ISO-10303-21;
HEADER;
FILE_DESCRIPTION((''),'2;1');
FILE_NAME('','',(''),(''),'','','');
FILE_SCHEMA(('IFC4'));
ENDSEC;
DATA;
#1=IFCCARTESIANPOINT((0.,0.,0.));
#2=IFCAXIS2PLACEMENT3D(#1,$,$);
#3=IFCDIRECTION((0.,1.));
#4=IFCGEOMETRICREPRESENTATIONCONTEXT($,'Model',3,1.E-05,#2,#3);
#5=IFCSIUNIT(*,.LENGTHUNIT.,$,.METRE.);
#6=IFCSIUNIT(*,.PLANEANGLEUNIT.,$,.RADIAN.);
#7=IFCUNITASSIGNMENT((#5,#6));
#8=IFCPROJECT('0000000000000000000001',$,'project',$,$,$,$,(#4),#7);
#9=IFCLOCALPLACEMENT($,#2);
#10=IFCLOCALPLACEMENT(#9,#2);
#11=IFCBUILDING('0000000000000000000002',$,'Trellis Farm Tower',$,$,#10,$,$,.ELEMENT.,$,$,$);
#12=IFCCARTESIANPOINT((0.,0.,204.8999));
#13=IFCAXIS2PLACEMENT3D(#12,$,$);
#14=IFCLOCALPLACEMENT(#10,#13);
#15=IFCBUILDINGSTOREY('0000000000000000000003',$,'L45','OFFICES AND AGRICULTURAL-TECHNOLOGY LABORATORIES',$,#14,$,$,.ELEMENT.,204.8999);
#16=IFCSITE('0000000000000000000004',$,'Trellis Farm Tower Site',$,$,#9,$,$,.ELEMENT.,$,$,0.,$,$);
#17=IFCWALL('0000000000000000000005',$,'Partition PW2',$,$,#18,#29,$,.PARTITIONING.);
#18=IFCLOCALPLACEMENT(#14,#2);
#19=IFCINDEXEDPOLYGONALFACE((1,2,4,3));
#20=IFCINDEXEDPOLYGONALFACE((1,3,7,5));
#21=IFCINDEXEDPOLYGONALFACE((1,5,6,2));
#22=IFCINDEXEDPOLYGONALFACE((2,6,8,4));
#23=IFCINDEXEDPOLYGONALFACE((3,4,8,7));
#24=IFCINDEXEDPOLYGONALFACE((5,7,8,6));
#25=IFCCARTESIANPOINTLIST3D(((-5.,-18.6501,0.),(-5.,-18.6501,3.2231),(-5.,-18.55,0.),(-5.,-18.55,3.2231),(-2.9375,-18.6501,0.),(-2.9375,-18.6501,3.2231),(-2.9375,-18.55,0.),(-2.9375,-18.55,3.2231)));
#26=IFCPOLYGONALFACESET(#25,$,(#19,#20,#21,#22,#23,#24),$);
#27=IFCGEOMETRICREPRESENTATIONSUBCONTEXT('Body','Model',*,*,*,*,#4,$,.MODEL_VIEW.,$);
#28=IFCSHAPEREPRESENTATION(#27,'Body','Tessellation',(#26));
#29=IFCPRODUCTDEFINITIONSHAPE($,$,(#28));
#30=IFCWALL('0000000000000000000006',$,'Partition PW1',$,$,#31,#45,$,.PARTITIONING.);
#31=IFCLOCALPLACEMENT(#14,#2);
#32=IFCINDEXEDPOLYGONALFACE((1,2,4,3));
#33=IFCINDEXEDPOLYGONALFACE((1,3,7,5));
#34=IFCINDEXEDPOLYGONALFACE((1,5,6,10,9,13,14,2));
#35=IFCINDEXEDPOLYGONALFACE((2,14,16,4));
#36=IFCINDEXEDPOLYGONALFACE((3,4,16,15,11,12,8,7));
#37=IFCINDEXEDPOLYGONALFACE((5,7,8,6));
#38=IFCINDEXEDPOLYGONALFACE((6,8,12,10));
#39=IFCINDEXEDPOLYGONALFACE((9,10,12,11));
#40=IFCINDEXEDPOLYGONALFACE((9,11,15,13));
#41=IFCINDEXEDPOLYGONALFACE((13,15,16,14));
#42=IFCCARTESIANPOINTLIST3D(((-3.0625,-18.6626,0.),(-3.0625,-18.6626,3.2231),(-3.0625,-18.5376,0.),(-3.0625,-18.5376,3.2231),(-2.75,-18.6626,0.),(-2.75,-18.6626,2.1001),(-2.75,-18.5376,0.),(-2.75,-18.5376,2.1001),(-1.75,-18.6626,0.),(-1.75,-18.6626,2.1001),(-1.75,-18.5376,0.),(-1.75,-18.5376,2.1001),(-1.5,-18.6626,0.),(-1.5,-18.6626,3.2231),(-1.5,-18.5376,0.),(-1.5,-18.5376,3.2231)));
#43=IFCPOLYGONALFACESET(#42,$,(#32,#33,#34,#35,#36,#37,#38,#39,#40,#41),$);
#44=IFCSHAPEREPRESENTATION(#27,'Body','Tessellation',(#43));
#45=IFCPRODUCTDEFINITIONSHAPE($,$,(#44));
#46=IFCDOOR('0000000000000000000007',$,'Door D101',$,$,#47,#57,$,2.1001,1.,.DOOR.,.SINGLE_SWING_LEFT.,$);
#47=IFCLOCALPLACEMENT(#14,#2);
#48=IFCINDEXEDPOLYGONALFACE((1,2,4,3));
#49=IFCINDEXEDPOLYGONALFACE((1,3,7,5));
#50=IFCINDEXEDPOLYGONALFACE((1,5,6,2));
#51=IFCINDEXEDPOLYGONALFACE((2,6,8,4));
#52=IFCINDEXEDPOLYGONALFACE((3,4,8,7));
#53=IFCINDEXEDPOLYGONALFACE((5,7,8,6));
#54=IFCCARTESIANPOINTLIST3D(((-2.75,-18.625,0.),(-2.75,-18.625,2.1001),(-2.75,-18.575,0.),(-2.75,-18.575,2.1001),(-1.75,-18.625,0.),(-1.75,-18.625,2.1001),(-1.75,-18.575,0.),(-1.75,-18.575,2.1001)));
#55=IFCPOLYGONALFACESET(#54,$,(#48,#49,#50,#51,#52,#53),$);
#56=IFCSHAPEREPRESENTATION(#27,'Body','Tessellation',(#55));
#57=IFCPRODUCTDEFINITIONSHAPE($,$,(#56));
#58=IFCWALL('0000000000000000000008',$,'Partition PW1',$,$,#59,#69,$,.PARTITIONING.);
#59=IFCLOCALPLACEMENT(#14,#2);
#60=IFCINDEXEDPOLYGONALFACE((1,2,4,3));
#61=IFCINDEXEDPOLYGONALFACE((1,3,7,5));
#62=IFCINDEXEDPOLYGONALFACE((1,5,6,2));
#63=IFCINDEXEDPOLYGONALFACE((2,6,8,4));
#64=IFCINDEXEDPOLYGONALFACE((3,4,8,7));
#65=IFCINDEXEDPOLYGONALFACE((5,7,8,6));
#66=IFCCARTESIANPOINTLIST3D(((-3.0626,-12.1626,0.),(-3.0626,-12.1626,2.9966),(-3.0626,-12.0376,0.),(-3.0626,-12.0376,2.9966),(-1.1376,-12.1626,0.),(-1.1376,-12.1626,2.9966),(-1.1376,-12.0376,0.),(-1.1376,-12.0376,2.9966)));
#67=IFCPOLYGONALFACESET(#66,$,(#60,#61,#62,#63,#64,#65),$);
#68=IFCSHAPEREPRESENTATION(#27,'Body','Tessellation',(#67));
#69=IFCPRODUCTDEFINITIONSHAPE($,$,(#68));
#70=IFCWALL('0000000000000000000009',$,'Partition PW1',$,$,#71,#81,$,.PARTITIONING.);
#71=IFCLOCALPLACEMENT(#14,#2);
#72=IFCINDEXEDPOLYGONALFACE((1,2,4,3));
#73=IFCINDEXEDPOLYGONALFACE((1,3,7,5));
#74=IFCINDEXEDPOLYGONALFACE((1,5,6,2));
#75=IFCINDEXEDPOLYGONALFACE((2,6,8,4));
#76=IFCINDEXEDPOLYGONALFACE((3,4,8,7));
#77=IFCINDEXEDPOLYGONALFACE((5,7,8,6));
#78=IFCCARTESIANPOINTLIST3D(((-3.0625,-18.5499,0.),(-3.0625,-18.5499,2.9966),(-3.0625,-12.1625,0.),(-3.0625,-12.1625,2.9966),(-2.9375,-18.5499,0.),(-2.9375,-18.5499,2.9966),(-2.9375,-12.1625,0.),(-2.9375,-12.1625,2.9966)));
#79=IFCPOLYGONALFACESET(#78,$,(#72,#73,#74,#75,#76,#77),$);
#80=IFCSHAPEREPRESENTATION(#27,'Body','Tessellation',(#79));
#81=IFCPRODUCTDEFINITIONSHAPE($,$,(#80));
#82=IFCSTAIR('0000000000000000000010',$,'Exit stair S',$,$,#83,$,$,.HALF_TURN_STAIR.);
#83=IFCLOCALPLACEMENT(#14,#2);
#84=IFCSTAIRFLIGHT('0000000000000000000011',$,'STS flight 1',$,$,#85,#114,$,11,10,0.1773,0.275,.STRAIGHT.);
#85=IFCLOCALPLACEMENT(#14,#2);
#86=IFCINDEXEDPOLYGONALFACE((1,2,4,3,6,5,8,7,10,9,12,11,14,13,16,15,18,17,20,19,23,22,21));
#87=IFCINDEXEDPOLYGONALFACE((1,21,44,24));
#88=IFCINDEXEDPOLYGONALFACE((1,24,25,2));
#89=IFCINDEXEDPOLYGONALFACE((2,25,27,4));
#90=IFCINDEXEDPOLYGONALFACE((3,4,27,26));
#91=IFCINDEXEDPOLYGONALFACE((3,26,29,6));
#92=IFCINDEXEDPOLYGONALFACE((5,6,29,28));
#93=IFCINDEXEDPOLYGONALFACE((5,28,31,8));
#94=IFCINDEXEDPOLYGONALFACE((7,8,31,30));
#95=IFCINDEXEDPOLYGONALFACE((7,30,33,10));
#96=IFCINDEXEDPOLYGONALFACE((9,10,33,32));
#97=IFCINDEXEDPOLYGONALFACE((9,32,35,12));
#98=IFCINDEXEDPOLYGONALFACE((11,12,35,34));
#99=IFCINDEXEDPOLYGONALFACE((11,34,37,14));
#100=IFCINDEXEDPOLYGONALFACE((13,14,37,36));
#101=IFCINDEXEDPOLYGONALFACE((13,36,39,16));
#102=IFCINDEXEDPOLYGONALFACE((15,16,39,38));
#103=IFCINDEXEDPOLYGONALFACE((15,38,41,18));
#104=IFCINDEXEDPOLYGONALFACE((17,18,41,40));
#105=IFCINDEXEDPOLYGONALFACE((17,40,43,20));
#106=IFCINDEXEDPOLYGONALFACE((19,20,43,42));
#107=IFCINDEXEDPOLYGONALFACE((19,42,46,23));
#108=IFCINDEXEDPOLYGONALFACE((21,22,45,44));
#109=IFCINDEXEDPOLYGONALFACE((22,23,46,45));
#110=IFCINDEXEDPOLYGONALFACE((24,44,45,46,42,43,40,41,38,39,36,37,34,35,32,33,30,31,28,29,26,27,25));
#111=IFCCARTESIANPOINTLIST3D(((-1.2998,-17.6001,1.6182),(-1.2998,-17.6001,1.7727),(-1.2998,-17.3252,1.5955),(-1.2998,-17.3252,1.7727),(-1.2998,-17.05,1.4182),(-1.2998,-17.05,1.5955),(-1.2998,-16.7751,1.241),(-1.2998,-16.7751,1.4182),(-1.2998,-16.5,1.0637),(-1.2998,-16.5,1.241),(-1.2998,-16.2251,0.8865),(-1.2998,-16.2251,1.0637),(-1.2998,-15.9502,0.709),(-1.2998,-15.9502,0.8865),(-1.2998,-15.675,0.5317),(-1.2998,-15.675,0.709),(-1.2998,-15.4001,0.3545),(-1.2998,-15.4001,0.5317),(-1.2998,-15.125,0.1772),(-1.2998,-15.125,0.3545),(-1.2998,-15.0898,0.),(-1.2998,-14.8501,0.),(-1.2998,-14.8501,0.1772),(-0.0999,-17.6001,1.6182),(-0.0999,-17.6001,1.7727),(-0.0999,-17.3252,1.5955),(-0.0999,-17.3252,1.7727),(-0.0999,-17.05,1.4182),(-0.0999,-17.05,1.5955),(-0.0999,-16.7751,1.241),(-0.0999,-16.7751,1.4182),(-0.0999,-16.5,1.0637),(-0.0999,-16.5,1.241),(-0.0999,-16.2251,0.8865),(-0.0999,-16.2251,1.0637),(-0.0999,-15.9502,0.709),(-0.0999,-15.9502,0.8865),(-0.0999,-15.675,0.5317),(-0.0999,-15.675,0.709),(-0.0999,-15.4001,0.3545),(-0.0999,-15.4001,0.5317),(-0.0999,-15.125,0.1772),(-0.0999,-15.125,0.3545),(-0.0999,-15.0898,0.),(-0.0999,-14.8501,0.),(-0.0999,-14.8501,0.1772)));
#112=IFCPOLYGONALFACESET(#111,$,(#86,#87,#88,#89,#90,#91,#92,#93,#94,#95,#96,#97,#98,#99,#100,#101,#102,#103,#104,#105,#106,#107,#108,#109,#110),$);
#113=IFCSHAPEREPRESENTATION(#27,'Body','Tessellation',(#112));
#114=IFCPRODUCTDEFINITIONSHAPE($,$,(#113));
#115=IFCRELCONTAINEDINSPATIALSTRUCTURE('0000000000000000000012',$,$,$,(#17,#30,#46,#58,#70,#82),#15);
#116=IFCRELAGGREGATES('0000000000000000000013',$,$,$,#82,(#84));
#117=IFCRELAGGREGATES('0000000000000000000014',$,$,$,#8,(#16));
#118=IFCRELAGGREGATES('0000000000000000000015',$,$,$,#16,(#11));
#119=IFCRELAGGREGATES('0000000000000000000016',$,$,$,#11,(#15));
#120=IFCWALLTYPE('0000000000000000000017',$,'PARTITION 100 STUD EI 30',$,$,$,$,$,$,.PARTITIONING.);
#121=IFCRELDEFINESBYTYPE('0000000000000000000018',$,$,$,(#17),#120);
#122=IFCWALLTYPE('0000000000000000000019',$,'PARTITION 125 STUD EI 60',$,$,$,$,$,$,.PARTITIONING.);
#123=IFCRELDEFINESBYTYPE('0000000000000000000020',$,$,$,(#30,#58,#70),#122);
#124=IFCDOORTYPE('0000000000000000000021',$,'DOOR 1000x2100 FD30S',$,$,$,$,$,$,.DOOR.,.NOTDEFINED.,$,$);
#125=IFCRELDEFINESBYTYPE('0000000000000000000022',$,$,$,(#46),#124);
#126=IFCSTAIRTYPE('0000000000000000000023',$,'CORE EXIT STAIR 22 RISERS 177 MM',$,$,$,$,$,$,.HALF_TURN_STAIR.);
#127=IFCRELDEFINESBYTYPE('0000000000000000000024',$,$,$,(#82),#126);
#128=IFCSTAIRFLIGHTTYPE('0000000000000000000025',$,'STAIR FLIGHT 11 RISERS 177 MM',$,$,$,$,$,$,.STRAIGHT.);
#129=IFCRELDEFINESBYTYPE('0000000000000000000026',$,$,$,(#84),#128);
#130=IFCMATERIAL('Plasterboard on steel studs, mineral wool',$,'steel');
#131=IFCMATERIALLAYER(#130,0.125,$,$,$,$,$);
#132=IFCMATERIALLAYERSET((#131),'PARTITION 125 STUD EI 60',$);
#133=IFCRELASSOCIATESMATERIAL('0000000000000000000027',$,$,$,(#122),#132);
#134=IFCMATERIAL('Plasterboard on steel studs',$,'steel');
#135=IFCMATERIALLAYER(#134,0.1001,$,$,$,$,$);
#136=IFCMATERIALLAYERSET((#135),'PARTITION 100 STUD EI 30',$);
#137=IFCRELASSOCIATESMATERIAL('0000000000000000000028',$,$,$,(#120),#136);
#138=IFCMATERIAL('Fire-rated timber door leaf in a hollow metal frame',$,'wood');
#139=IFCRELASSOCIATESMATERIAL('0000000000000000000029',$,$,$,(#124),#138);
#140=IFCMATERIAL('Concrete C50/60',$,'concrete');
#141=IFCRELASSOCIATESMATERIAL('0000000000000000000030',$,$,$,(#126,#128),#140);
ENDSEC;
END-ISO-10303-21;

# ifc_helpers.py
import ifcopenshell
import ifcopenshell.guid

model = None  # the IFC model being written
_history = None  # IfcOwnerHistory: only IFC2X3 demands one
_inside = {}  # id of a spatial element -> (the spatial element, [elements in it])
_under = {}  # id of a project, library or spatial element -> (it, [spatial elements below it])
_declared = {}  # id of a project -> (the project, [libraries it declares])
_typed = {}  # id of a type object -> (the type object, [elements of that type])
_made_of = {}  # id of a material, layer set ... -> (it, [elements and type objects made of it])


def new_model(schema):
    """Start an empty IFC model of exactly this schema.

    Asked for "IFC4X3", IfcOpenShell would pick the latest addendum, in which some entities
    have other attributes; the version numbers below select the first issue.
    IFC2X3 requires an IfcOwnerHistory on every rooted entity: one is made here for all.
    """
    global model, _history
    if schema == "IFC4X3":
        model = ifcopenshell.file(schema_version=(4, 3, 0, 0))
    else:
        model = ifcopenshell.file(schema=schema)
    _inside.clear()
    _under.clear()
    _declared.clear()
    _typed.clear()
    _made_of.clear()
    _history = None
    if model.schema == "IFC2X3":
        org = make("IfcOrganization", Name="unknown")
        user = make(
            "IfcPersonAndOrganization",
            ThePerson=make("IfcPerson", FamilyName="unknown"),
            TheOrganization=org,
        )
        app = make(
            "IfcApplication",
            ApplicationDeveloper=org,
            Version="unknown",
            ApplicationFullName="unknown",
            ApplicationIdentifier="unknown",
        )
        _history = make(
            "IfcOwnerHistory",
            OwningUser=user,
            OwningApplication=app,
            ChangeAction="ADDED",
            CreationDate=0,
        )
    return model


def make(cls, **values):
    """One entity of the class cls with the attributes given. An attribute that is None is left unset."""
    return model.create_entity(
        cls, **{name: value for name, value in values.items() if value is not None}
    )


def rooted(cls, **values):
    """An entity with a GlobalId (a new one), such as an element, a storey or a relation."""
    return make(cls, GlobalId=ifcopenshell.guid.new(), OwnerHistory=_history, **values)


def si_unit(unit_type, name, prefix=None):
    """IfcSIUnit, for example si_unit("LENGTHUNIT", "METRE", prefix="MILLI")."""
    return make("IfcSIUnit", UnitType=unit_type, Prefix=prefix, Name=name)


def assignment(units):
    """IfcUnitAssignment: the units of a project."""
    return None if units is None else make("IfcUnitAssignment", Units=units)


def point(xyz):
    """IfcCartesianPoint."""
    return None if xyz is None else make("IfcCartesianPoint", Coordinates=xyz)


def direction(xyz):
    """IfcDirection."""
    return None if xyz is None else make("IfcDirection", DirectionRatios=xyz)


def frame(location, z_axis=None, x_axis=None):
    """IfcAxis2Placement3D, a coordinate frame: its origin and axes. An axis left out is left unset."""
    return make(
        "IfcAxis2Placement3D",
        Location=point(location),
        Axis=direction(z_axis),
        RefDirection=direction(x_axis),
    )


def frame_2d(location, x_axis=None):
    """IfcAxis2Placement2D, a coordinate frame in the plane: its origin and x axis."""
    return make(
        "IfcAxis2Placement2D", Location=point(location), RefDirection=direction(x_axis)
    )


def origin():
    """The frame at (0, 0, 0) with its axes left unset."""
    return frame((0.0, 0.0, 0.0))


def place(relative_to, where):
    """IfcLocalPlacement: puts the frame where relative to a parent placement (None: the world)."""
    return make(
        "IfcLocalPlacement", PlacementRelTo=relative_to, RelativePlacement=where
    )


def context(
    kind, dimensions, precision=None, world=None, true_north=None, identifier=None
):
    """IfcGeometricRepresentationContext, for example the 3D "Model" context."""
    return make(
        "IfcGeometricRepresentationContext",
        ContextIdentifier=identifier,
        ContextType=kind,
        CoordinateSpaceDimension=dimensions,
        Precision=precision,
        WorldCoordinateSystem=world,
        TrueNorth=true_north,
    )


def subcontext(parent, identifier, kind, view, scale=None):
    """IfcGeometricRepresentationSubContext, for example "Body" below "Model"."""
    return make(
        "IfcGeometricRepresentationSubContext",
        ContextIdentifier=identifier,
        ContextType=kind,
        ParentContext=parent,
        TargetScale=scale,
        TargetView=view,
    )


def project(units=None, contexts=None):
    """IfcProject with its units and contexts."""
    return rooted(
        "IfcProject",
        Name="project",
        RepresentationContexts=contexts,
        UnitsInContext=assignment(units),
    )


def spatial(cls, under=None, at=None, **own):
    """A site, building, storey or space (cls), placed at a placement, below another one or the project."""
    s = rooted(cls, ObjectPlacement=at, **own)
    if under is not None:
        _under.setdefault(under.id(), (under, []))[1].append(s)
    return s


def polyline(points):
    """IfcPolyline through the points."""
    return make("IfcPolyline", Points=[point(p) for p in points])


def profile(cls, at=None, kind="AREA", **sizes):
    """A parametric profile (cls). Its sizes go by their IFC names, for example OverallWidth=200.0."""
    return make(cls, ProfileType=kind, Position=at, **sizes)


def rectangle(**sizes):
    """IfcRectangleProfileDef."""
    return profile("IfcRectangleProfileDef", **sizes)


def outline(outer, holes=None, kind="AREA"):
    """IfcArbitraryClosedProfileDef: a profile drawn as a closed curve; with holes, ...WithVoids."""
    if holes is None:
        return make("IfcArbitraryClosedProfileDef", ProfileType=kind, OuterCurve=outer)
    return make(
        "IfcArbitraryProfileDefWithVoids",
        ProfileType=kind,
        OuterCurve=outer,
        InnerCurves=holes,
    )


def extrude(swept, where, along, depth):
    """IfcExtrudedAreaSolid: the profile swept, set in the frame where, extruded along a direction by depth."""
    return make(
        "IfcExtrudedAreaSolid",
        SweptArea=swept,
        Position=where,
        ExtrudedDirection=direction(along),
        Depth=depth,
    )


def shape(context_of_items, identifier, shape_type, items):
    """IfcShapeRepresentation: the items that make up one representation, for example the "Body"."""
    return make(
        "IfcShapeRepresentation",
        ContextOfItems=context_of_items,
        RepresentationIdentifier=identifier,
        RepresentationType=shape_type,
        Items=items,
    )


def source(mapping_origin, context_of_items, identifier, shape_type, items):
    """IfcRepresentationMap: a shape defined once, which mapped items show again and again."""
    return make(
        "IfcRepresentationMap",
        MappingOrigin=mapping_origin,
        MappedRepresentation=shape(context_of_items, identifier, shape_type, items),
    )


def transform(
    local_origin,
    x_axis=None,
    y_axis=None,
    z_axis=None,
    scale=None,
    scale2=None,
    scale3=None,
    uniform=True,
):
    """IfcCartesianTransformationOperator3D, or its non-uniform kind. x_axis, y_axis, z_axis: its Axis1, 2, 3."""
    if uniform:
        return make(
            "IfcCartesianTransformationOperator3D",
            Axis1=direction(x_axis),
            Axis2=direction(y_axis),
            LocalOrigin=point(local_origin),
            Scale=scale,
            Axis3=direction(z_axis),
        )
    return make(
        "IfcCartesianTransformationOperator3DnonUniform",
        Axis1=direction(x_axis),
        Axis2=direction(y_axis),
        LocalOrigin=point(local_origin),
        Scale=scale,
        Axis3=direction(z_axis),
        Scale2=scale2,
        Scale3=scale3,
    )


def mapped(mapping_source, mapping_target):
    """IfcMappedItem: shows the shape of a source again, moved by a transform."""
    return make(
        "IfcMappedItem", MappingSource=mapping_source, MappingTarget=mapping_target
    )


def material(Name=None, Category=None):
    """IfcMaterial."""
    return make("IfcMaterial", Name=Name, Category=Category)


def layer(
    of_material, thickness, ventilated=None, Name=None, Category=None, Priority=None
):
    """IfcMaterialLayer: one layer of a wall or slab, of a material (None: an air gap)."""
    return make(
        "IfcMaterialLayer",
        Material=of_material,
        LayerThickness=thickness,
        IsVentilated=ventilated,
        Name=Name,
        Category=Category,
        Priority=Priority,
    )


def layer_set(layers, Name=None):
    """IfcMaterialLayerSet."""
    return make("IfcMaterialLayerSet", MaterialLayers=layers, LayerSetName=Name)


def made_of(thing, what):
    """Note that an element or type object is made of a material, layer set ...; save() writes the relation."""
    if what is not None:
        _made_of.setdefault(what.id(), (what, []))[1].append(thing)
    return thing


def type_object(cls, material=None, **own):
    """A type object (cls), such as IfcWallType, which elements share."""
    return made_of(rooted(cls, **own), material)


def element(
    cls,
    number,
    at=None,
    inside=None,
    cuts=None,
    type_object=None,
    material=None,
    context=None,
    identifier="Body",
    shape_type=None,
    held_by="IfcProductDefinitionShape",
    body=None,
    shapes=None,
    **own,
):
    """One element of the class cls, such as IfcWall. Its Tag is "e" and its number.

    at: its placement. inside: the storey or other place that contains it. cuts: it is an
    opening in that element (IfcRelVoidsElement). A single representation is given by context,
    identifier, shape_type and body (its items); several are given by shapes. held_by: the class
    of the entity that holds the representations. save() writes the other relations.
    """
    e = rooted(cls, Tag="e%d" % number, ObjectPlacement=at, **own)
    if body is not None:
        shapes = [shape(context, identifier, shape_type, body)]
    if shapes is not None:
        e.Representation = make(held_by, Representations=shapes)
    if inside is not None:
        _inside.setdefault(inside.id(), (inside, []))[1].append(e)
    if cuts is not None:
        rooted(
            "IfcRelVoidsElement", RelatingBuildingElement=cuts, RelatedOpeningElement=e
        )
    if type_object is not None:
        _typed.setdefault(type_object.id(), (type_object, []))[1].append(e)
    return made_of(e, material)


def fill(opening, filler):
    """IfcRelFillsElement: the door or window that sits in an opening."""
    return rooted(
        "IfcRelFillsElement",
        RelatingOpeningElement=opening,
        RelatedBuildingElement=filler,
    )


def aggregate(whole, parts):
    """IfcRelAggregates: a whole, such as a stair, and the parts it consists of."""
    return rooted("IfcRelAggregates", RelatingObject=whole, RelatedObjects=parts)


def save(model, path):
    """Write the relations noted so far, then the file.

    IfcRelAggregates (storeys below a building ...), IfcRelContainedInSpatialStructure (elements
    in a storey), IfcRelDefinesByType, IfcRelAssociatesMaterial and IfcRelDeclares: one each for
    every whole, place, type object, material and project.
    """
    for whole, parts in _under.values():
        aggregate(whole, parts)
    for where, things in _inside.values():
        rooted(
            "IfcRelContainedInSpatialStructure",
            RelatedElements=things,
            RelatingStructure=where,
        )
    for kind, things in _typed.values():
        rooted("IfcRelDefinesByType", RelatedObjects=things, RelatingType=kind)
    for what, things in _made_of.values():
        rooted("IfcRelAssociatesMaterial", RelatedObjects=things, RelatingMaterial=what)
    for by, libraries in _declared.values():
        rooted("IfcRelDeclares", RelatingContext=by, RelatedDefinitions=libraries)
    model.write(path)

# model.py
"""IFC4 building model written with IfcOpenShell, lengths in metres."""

from ifc_helpers import new_model, si_unit, direction, frame, frame_2d, origin, place, context, subcontext, project, spatial, polyline, rectangle, outline, extrude, source, transform, mapped, material, layer, layer_set, type_object, element, fill, aggregate, save


model = new_model("IFC4")

# Units and contexts
model_context = context("Model", 3, precision=1e-05, world=origin(), true_north=direction((0.0, 1.0)))
body_context = subcontext(model_context, "Body", "Model", "MODEL_VIEW")
ifc_project = project(units=[si_unit("LENGTHUNIT", "METRE"), si_unit("PLANEANGLEUNIT", "RADIAN")], contexts=[model_context])

# Site, building, storey
site_placement = place(None, origin())
site = spatial("IfcSite", under=ifc_project, at=site_placement, Name="Trellis Farm Tower Site", CompositionType="ELEMENT", RefElevation=0.0)
building_placement = place(site_placement, origin())
building = spatial("IfcBuilding", under=site, at=building_placement, Name="Trellis Farm Tower", CompositionType="ELEMENT")
storey_placement = place(building_placement, frame((0.0, 0.0, 204.8999)))
storey = spatial("IfcBuildingStorey", under=building, at=storey_placement, Name="L45", Description="OFFICES AND AGRICULTURAL-TECHNOLOGY LABORATORIES", CompositionType="ELEMENT", Elevation=204.8999)

# Shared definitions
placement = place(storey_placement, origin())

# Shared definitions
ifc_material_1 = material(Name="Plasterboard on steel studs, mineral wool", Category="steel")
ifc_layer_1 = layer(ifc_material_1, 0.125)
ifc_layer_set_1 = layer_set([ifc_layer_1], Name="PARTITION 125 STUD EI 60")
wall_type_1 = type_object("IfcWallType", Name="PARTITION 125 STUD EI 60", PredefinedType="PARTITIONING", material=ifc_layer_set_1)
ifc_material_2 = material(Name="Fire-rated timber door leaf in a hollow metal frame", Category="wood")

# Wall
ifc_material_3 = material(Name="Plasterboard on steel studs", Category="steel")
ifc_layer_2 = layer(ifc_material_3, 0.1001)
ifc_layer_set_2 = layer_set([ifc_layer_2], Name="PARTITION 100 STUD EI 30")
wall_type_2 = type_object("IfcWallType", Name="PARTITION 100 STUD EI 30", PredefinedType="PARTITIONING", material=ifc_layer_set_2)
shared_shape_1 = source(origin(), body_context, "Body", "SweptSolid", [
    extrude(rectangle(XDim=2.0625, YDim=0.1001, at=frame_2d((1.0312, 0.0))), origin(), (0.0, 0.0, 1.0), 3.2231),
])
wall_1_placement = place(storey_placement, frame((-5.0, -18.6001, 0.0), z_axis=(0.0, 0.0, 1.0), x_axis=(1.0, 0.0, 0.0)))
element("IfcWall", 1, at=wall_1_placement, inside=storey, type_object=wall_type_2, Name="Partition PW2", PredefinedType="PARTITIONING", context=body_context, shape_type="MappedRepresentation", body=[
    mapped(shared_shape_1, transform((0.0, 0.0, 0.0))),
])

# Wall, opening, door
shared_shape_2 = source(origin(), body_context, "Body", "SweptSolid", [
    extrude(rectangle(XDim=1.5625, YDim=0.125, at=frame_2d((0.7812, 0.0))), origin(), (0.0, 0.0, 1.0), 3.2231),
])
wall_2_placement = place(storey_placement, frame((-1.5, -18.6001, 0.0), z_axis=(0.0, 0.0, 1.0), x_axis=(-1.0, 0.0, 0.0)))
wall_2 = element("IfcWall", 2, at=wall_2_placement, inside=storey, type_object=wall_type_1, Name="Partition PW1", PredefinedType="PARTITIONING", context=body_context, shape_type="MappedRepresentation", body=[
    mapped(shared_shape_2, transform((0.0, 0.0, 0.0))),
])
shared_shape_3 = source(origin(), body_context, "Body", "SweptSolid", [
    extrude(rectangle(XDim=1.0, YDim=2.1001, at=frame_2d((0.5, 1.05))), frame((0.0, 0.0725, 0.0), z_axis=(0.0, -1.0, 0.0), x_axis=(1.0, 0.0, 0.0)), (0.0, 0.0, 1.0), 0.145),
])
opening_1_placement = place(wall_2_placement, frame((0.25, 0.0, 0.0)))
opening_1 = element("IfcOpeningElement", 3, at=opening_1_placement, cuts=wall_2, PredefinedType="OPENING", context=body_context, shape_type="MappedRepresentation", body=[
    mapped(shared_shape_3, transform((0.0, 0.0, 0.0))),
])
door_type_1 = type_object("IfcDoorType", Name="DOOR 1000x2100 FD30S", OperationType="NOTDEFINED", PredefinedType="DOOR", material=ifc_material_2)
shared_shape_4 = source(origin(), body_context, "Body", "SweptSolid", [
    extrude(rectangle(XDim=1.0, YDim=2.1001, at=frame_2d((0.5, 1.05))), frame((0.0, 0.0249, 0.0), z_axis=(0.0, -1.0, 0.0), x_axis=(1.0, 0.0, 0.0)), (0.0, 0.0, 1.0), 0.05),
])
door_1_placement = place(opening_1_placement, origin())
door_1 = element("IfcDoor", 4, at=door_1_placement, inside=storey, type_object=door_type_1, Name="Door D101", OperationType="SINGLE_SWING_LEFT", OverallHeight=2.1001, OverallWidth=1.0, PredefinedType="DOOR", context=body_context, shape_type="MappedRepresentation", body=[
    mapped(shared_shape_4, transform((0.0, 0.0, 0.0))),
])
fill(opening_1, door_1)

# Walls
shared_shape_5 = source(origin(), body_context, "Body", "SweptSolid", [
    extrude(rectangle(XDim=1.925, YDim=0.125, at=frame_2d((0.9624, 0.0))), origin(), (0.0, 0.0, 1.0), 2.9966),
])
wall_3_placement = place(storey_placement, frame((-3.0625, -12.1001, 0.0), z_axis=(0.0, 0.0, 1.0), x_axis=(1.0, 0.0, 0.0)))
element("IfcWall", 5, at=wall_3_placement, inside=storey, type_object=wall_type_1, Name="Partition PW1", PredefinedType="PARTITIONING", context=body_context, shape_type="MappedRepresentation", body=[
    mapped(shared_shape_5, transform((0.0, 0.0, 0.0))),
])
shared_shape_6 = source(origin(), body_context, "Body", "SweptSolid", [
    extrude(rectangle(XDim=6.3875, YDim=0.125, at=frame_2d((3.1938, 0.0))), origin(), (0.0, 0.0, 1.0), 2.9966),
])
wall_4_placement = place(storey_placement, frame((-3.0, -18.55, 0.0), z_axis=(0.0, 0.0, 1.0), x_axis=(0.0, 1.0, 0.0)))
element("IfcWall", 6, at=wall_4_placement, inside=storey, type_object=wall_type_1, Name="Partition PW1", PredefinedType="PARTITIONING", context=body_context, shape_type="MappedRepresentation", body=[
    mapped(shared_shape_6, transform((0.0, 0.0, 0.0))),
])

# Stair, stair flight
ifc_material_4 = material(Name="Concrete C50/60", Category="concrete")
stair_type = type_object("IfcStairType", Name="CORE EXIT STAIR 22 RISERS 177 MM", PredefinedType="HALF_TURN_STAIR", material=ifc_material_4)
stair = element("IfcStair", 7, at=placement, inside=storey, type_object=stair_type, Name="Exit stair S", PredefinedType="HALF_TURN_STAIR")
stair_flight_type = type_object("IfcStairFlightType", Name="STAIR FLIGHT 11 RISERS 177 MM", PredefinedType="STRAIGHT", material=ifc_material_4)
shared_shape_7 = source(origin(), body_context, "Body", "SweptSolid", [
    extrude(outline(polyline([(0.0, 0.0), (0.0, 0.1772), (0.2749, 0.1772), (0.2749, 0.3545), (0.55, 0.3545), (0.55, 0.5317), (0.825, 0.5317), (0.825, 0.709), (1.1001, 0.709), (1.1001, 0.8865), (1.375, 0.8865), (1.375, 1.0637), (1.6499, 1.0637), (1.6499, 1.241), (1.925, 1.241), (1.925, 1.4182), (2.2, 1.4182), (2.2, 1.5955), (2.4751, 1.5955), (2.4751, 1.7727), (2.75, 1.7727), (2.75, 1.95), (2.75, 1.6182), (0.2397, 0.0), (0.0, 0.0)])), frame((0.0, 0.6001, 0.0), z_axis=(0.0, -1.0, 0.0), x_axis=(1.0, 0.0, 0.0)), (0.0, 0.0, 1.0), 1.2),
])
stair_flight_placement = place(storey_placement, frame((-0.7, -14.8501, 0.0), z_axis=(0.0, 0.0, 1.0), x_axis=(0.0, -1.0, 0.0)))
stair_flight = element("IfcStairFlight", 8, at=stair_flight_placement, type_object=stair_flight_type, Name="STS flight 1", NumberOfRisers=11, NumberOfTreads=10, PredefinedType="STRAIGHT", RiserHeight=0.1773, TreadLength=0.275, context=body_context, shape_type="MappedRepresentation", body=[
    mapped(shared_shape_7, transform((0.0, 0.0, 0.0))),
])
aggregate(stair, [stair_flight])

save(model, "model.ifc")
